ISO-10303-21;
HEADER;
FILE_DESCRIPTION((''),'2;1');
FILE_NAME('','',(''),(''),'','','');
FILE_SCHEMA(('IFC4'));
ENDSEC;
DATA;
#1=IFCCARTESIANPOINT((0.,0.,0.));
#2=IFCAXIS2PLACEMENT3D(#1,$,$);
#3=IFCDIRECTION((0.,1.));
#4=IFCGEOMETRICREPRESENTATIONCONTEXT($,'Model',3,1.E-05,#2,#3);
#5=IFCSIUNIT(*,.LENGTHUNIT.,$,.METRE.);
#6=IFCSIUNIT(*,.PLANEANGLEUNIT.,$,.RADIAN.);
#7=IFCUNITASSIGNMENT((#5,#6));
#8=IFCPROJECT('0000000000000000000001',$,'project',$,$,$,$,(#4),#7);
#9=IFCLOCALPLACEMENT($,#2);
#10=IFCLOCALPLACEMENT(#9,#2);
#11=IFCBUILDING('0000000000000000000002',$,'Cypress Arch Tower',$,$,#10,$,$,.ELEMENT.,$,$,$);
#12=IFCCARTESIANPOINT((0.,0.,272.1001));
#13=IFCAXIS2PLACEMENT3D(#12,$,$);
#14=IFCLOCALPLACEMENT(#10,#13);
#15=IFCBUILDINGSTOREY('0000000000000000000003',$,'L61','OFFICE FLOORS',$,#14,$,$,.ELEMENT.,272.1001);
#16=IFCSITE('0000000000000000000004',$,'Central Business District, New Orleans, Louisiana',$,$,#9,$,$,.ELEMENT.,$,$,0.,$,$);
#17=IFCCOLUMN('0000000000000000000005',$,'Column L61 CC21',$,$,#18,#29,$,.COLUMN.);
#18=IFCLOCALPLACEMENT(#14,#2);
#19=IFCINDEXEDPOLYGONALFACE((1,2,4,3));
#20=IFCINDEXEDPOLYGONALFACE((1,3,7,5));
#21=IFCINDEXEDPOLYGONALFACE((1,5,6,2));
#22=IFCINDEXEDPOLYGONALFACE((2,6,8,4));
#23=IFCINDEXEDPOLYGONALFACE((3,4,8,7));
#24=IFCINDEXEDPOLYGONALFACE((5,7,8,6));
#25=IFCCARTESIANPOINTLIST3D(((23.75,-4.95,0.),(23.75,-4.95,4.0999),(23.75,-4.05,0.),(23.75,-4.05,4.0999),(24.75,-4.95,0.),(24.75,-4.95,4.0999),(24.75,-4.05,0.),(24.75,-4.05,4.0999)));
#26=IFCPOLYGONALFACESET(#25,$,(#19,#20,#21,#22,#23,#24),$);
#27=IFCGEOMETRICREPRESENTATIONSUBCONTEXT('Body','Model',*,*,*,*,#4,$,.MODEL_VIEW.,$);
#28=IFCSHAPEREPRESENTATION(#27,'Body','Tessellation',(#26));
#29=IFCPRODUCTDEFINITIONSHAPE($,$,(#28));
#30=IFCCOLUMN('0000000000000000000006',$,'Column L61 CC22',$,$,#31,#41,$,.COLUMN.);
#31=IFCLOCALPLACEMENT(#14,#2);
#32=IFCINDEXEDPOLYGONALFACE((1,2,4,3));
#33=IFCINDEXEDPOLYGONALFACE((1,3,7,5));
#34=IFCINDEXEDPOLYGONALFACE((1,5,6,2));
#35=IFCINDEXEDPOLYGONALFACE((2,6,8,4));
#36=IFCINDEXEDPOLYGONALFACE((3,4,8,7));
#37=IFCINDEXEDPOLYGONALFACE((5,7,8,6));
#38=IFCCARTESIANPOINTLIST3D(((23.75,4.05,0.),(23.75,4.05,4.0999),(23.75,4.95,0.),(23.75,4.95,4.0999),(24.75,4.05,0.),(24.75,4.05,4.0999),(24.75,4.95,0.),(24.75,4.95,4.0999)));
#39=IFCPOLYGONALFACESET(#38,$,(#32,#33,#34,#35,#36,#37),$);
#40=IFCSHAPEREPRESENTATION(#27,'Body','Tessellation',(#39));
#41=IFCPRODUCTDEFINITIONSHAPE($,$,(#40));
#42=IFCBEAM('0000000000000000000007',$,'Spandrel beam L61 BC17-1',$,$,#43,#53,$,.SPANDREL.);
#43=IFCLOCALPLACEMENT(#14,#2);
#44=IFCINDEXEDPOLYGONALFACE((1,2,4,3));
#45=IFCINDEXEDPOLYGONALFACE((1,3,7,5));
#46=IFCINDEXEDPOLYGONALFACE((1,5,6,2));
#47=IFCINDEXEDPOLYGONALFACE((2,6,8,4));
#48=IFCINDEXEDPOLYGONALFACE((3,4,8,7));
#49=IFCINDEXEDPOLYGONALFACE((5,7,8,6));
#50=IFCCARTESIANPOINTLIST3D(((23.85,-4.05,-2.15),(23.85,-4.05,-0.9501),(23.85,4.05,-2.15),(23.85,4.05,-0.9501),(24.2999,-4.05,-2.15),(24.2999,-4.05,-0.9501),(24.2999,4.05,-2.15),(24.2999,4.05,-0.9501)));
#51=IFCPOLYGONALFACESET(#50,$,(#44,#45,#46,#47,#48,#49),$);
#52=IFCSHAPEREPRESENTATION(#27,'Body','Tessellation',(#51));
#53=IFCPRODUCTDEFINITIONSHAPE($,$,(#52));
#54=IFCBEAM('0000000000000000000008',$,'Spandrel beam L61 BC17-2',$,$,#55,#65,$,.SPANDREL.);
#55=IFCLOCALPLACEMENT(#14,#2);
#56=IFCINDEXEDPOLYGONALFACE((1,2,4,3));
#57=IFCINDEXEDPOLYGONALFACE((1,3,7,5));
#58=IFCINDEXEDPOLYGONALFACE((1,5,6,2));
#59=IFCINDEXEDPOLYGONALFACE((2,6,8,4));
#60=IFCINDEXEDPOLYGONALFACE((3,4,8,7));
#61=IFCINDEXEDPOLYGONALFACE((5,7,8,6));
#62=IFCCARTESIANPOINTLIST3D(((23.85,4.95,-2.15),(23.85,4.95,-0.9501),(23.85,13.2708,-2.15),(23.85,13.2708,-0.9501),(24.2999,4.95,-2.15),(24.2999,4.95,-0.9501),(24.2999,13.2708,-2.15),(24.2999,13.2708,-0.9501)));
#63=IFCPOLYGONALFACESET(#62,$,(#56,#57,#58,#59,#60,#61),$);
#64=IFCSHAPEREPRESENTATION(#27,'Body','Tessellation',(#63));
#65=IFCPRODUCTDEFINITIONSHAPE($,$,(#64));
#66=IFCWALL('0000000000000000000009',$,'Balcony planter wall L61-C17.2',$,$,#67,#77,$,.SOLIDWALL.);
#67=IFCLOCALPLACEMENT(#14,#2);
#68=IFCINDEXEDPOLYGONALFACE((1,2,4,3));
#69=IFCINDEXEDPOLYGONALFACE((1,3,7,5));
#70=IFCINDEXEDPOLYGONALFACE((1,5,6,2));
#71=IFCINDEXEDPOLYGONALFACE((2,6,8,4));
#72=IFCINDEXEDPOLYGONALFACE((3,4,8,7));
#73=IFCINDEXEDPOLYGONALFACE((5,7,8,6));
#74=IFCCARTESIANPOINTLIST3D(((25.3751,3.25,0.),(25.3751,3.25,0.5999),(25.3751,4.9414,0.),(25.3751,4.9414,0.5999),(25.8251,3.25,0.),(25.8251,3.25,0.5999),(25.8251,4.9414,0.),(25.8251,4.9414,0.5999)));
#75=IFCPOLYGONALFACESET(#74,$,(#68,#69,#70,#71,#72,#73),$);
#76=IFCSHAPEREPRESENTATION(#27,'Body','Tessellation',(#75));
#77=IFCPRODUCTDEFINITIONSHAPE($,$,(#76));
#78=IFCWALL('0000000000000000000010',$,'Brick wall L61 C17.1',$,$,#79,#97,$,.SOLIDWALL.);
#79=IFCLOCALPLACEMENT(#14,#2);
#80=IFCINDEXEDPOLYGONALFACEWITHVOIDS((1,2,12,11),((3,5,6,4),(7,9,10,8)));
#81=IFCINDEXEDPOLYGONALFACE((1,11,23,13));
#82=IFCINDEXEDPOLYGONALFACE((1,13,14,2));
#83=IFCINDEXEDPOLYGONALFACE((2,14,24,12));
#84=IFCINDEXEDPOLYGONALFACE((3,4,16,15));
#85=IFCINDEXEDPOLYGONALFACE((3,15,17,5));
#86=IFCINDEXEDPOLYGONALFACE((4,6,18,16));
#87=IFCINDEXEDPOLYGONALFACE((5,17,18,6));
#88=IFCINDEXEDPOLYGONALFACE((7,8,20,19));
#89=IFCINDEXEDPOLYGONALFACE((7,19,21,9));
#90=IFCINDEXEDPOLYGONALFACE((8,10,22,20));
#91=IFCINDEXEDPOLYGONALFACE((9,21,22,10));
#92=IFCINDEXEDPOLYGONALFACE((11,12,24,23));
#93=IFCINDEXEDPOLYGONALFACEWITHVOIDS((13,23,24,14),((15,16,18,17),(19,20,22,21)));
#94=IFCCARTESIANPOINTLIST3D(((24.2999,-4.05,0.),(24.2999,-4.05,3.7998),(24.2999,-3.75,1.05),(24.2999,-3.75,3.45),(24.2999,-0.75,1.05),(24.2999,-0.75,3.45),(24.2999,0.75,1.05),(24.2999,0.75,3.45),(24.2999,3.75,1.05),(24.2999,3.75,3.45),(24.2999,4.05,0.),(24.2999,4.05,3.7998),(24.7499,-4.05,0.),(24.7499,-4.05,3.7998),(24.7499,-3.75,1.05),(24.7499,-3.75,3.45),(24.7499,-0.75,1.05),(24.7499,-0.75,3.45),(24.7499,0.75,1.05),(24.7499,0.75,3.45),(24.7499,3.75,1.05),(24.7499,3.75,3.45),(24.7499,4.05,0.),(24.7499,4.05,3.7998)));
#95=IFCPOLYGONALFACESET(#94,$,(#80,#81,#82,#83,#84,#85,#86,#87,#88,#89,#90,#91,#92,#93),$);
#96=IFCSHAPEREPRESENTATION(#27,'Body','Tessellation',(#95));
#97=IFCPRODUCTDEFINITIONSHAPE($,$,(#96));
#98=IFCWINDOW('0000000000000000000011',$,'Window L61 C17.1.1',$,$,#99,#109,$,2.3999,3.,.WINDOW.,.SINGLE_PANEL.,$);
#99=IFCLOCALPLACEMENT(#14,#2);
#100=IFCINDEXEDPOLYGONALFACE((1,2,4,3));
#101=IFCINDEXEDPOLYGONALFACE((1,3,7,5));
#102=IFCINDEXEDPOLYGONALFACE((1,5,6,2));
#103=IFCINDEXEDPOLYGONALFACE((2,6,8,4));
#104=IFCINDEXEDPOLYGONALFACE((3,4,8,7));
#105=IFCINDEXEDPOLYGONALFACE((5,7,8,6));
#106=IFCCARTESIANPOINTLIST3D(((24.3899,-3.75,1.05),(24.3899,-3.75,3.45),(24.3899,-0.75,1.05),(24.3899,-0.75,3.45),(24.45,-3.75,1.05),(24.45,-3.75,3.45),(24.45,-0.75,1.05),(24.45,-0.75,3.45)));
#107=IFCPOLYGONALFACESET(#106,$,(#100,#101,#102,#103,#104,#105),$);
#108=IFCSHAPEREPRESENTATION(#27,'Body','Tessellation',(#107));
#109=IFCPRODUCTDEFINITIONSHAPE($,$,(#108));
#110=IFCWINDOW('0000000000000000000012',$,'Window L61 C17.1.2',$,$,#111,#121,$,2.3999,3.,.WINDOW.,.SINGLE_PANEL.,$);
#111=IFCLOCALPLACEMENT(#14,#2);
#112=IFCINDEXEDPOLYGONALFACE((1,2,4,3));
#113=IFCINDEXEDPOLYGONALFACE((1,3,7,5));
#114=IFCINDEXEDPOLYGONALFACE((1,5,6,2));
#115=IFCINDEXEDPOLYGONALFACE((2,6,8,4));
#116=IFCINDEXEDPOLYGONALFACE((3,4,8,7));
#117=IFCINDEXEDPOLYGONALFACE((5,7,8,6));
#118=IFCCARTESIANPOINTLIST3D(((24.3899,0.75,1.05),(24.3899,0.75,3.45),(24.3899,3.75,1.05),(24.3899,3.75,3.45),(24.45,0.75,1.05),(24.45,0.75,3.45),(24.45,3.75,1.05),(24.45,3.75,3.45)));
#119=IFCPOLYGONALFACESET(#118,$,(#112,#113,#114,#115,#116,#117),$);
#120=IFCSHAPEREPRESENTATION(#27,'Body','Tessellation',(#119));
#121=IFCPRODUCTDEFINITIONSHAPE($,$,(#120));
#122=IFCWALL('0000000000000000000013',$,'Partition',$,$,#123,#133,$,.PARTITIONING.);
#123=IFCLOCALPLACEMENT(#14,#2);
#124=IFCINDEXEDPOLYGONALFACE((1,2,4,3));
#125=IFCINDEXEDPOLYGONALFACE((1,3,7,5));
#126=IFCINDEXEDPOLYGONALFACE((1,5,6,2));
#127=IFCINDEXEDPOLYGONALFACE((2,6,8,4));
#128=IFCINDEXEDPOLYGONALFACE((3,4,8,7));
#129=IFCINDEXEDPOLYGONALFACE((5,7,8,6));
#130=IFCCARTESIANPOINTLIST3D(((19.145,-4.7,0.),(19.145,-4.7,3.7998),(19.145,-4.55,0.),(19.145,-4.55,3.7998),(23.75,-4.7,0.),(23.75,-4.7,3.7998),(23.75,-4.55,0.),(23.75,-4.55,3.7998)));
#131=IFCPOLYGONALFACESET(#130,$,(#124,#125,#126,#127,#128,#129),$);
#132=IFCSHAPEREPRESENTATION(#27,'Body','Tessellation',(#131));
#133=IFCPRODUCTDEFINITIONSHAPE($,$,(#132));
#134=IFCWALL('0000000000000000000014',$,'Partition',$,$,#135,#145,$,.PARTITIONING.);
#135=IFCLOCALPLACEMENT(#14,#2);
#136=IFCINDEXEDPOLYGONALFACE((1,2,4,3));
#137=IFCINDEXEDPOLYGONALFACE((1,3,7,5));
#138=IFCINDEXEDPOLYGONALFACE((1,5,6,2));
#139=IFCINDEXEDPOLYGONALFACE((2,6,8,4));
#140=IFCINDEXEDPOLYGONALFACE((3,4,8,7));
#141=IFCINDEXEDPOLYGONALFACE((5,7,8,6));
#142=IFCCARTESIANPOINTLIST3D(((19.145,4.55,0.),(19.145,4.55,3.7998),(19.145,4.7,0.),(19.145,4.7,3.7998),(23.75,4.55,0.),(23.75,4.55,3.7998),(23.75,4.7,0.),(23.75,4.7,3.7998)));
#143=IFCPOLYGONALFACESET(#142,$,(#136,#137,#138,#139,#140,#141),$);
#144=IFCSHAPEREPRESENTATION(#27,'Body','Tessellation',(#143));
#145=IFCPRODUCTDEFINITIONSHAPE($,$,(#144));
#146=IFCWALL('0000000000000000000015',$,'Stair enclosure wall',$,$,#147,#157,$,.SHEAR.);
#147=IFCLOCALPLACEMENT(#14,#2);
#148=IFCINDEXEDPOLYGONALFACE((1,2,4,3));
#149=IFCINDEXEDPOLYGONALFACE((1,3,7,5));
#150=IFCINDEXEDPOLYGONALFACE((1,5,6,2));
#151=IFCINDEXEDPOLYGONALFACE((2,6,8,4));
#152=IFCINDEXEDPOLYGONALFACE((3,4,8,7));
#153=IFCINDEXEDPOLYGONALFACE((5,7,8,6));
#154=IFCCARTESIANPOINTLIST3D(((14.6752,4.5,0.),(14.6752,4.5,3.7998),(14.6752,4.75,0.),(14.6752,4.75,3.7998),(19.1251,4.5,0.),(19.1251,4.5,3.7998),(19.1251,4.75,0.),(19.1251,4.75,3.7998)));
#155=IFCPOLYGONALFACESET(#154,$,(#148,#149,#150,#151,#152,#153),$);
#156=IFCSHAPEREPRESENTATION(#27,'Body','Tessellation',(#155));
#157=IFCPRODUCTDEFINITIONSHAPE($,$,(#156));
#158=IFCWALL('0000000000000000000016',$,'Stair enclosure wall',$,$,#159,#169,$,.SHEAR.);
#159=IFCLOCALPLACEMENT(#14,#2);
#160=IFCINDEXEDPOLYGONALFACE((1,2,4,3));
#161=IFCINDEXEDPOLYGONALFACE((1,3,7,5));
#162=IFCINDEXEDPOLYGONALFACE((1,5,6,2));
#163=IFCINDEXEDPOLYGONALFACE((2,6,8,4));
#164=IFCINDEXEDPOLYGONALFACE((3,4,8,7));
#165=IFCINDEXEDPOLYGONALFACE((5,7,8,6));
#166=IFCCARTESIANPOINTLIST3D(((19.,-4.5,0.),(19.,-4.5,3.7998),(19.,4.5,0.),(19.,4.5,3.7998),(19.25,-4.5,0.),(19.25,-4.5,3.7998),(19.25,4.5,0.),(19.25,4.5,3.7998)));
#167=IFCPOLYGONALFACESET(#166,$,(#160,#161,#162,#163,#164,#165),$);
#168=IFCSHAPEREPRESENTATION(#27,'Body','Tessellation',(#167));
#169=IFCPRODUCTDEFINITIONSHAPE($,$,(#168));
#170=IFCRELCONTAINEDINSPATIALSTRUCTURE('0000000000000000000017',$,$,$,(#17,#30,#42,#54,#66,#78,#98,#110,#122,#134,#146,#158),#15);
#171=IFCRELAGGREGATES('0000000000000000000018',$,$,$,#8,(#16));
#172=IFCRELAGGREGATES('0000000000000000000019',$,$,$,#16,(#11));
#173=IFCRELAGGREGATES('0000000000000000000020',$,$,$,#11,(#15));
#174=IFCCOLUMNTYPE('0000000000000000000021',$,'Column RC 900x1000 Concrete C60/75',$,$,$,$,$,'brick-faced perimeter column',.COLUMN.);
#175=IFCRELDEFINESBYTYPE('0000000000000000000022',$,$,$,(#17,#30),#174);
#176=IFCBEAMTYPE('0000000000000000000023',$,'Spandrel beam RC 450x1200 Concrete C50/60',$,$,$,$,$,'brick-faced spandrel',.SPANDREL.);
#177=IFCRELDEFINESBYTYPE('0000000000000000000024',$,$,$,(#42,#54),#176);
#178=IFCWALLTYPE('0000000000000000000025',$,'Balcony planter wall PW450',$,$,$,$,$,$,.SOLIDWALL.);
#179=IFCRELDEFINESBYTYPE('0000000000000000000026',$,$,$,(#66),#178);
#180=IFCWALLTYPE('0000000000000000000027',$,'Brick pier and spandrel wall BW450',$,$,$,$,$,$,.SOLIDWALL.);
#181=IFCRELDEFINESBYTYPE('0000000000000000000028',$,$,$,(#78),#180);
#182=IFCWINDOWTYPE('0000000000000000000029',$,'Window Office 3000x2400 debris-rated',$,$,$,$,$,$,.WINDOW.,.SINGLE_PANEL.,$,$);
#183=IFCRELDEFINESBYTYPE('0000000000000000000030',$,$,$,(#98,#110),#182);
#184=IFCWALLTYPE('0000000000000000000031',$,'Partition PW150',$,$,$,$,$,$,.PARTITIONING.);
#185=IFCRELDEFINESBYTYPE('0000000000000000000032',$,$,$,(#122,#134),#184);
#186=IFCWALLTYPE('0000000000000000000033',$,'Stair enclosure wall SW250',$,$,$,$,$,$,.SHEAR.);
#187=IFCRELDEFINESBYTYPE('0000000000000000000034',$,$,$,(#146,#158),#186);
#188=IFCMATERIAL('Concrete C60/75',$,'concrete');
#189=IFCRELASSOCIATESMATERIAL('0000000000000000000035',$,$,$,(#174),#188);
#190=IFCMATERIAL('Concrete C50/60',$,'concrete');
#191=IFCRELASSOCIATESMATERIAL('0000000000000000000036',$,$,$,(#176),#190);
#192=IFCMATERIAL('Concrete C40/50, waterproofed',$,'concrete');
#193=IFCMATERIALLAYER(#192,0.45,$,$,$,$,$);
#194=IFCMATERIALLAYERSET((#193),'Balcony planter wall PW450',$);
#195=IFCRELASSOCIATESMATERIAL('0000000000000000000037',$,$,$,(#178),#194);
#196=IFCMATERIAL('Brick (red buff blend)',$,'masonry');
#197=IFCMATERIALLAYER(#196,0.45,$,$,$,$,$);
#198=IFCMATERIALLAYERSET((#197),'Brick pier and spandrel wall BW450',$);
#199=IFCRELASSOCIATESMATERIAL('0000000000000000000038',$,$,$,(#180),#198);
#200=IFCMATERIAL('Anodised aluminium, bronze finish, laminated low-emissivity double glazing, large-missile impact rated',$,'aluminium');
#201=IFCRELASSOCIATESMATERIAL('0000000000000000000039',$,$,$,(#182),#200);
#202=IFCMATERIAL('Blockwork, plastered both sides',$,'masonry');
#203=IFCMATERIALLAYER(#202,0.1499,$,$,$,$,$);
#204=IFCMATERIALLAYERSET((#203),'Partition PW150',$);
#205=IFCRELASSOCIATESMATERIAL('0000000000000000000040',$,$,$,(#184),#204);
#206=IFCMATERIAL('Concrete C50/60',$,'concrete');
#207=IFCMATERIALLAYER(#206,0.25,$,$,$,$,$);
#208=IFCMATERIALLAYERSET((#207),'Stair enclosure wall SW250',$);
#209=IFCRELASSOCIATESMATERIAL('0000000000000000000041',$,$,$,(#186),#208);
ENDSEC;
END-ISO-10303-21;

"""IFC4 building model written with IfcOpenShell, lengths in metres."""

from ifc_helpers import new_model, si_unit, direction, frame, frame_2d, origin, origin_2d, place, context, subcontext, project, spatial, rectangle, extrude, material, layer, layer_set, material_profile, profile_set, type_object, element, fill, save


model = new_model("IFC4")

# Units and contexts
model_context = context("Model", 3, precision=1e-05, world=origin(), true_north=direction((0.0, 1.0)))
body_context = subcontext(model_context, "Body", "Model", "MODEL_VIEW")
ifc_project = project(units=[si_unit("LENGTHUNIT", "METRE"), si_unit("PLANEANGLEUNIT", "RADIAN")], contexts=[model_context])

# Site, building, storey
site_placement = place(None, origin())
site = spatial("IfcSite", under=ifc_project, at=site_placement, Name="Central Business District, New Orleans, Louisiana", CompositionType="ELEMENT", RefElevation=0.0)
building_placement = place(site_placement, origin())
building = spatial("IfcBuilding", under=site, at=building_placement, Name="Cypress Arch Tower", CompositionType="ELEMENT")
storey_placement = place(building_placement, frame((0.0, 0.0, 272.1001)))
storey = spatial("IfcBuildingStorey", under=building, at=storey_placement, Name="L61", Description="OFFICE FLOORS", CompositionType="ELEMENT", Elevation=272.1001)

# Columns
ifc_material_1 = material(Name="Concrete C60/75", Category="concrete")
ifc_material_profile_1 = material_profile(ifc_material_1, rectangle(XDim=0.8999, YDim=1.0, at=origin_2d()), Name="RC 900x1000")
ifc_profile_set_1 = profile_set([ifc_material_profile_1], Name="Concrete C60/75")
column_type = type_object("IfcColumnType", Name="Column RC 900x1000 Concrete C60/75", ElementType="brick-faced perimeter column", PredefinedType="COLUMN", material=ifc_profile_set_1)
for number, where, z_axis, x_axis, name in (
    (1, (24.25, -4.5, 0.0), (0.0, 0.0, 1.0), (0.0, 1.0, 0.0), "Column L61 CC21"),
    (2, (24.25, 4.5, 0.0), (0.0, 0.0, 1.0), (0.0, 1.0, 0.0), "Column L61 CC22"),
):
    element("IfcColumn", number, at=place(storey_placement, frame(where, z_axis=z_axis, x_axis=x_axis)), inside=storey, type_object=column_type, Name=name, PredefinedType="COLUMN", context=body_context, shape_type="SweptSolid", body=[
        extrude(rectangle(XDim=0.8999, YDim=1.0, at=origin_2d()), origin(), (0.0, 0.0, 1.0), 4.0999),
    ])

# Beams
ifc_material_2 = material(Name="Concrete C50/60", Category="concrete")
ifc_material_profile_2 = material_profile(ifc_material_2, rectangle(XDim=0.45, YDim=1.2, at=origin_2d()), Name="RC 450x1200")
ifc_profile_set_2 = profile_set([ifc_material_profile_2], Name="Concrete C50/60")
beam_type = type_object("IfcBeamType", Name="Spandrel beam RC 450x1200 Concrete C50/60", ElementType="brick-faced spandrel", PredefinedType="SPANDREL", material=ifc_profile_set_2)
beam_1_placement = place(storey_placement, frame((24.075, -4.05, -1.55), z_axis=(0.0, 1.0, 0.0), x_axis=(-1.0, 0.0, 0.0)))
element("IfcBeam", 3, at=beam_1_placement, inside=storey, type_object=beam_type, Name="Spandrel beam L61 BC17-1", PredefinedType="SPANDREL", context=body_context, shape_type="SweptSolid", body=[
    extrude(rectangle(XDim=0.45, YDim=1.2, at=origin_2d()), origin(), (0.0, 0.0, 1.0), 8.1001),
])
beam_2_placement = place(storey_placement, frame((24.075, 4.95, -1.55), z_axis=(0.0, 1.0, 0.0), x_axis=(-1.0, 0.0, 0.0)))
element("IfcBeam", 4, at=beam_2_placement, inside=storey, type_object=beam_type, Name="Spandrel beam L61 BC17-2", PredefinedType="SPANDREL", context=body_context, shape_type="SweptSolid", body=[
    extrude(rectangle(XDim=0.45, YDim=1.2, at=origin_2d()), origin(), (0.0, 0.0, 1.0), 8.3208),
])

# Wall
ifc_material_3 = material(Name="Concrete C40/50, waterproofed", Category="concrete")
ifc_layer_1 = layer(ifc_material_3, 0.45)
ifc_layer_set_1 = layer_set([ifc_layer_1], Name="Balcony planter wall PW450")
wall_type_1 = type_object("IfcWallType", Name="Balcony planter wall PW450", PredefinedType="SOLIDWALL", material=ifc_layer_set_1)
wall_1_placement = place(storey_placement, frame((25.6001, 3.25, 0.0), z_axis=(0.0, 0.0, 1.0), x_axis=(0.0, 1.0, 0.0)))
element("IfcWall", 5, at=wall_1_placement, inside=storey, type_object=wall_type_1, Name="Balcony planter wall L61-C17.2", PredefinedType="SOLIDWALL", context=body_context, shape_type="SweptSolid", body=[
    extrude(rectangle(XDim=1.6914, YDim=0.45, at=frame_2d((0.8457, 0.0))), origin(), (0.0, 0.0, 1.0), 0.5999),
])

# Wall, openings, windows
ifc_material_4 = material(Name="Brick (red buff blend)", Category="masonry")
ifc_layer_2 = layer(ifc_material_4, 0.45)
ifc_layer_set_2 = layer_set([ifc_layer_2], Name="Brick pier and spandrel wall BW450")
wall_type_2 = type_object("IfcWallType", Name="Brick pier and spandrel wall BW450", PredefinedType="SOLIDWALL", material=ifc_layer_set_2)
wall_2_placement = place(storey_placement, frame((24.5249, -4.05, 0.0), z_axis=(0.0, 0.0, 1.0), x_axis=(0.0, 1.0, 0.0)))
wall_2 = element("IfcWall", 6, at=wall_2_placement, inside=storey, type_object=wall_type_2, Name="Brick wall L61 C17.1", PredefinedType="SOLIDWALL", context=body_context, shape_type="SweptSolid", body=[
    extrude(rectangle(XDim=8.1001, YDim=0.45, at=frame_2d((4.05, 0.0))), origin(), (0.0, 0.0, 1.0), 3.7998),
])
opening_1_placement = place(wall_2_placement, frame((0.3, 0.0, 1.05)))
opening_1 = element("IfcOpeningElement", 7, at=opening_1_placement, cuts=wall_2, PredefinedType="OPENING", context=body_context, shape_type="SweptSolid", body=[
    extrude(rectangle(XDim=3.0, YDim=2.3999, at=frame_2d((1.5, 1.2))), frame((0.0, 0.2349, 0.0), z_axis=(0.0, -1.0, 0.0), x_axis=(1.0, 0.0, 0.0)), (0.0, 0.0, 1.0), 0.47),
])
opening_2_placement = place(wall_2_placement, frame((4.8, 0.0, 1.05)))
opening_2 = element("IfcOpeningElement", 8, at=opening_2_placement, cuts=wall_2, PredefinedType="OPENING", context=body_context, shape_type="SweptSolid", body=[
    extrude(rectangle(XDim=3.0, YDim=2.3999, at=frame_2d((1.5, 1.2))), frame((0.0, 0.2349, 0.0), z_axis=(0.0, -1.0, 0.0), x_axis=(1.0, 0.0, 0.0)), (0.0, 0.0, 1.0), 0.47),
])
ifc_material_5 = material(Name="Anodised aluminium, bronze finish, laminated low-emissivity double glazing, large-missile impact rated", Category="aluminium")
window_type_1 = type_object("IfcWindowType", Name="Window Office 3000x2400 debris-rated", PartitioningType="SINGLE_PANEL", PredefinedType="WINDOW", material=ifc_material_5)
window_1_placement = place(opening_1_placement, origin())
window_1 = element("IfcWindow", 9, at=window_1_placement, inside=storey, type_object=window_type_1, Name="Window L61 C17.1.1", OverallHeight=2.3999, OverallWidth=3.0, PartitioningType="SINGLE_PANEL", PredefinedType="WINDOW", context=body_context, shape_type="SweptSolid", body=[
    extrude(rectangle(XDim=3.0, YDim=2.3999, at=frame_2d((1.5, 1.2))), frame((0.0, 0.135, 0.0), z_axis=(0.0, -1.0, 0.0), x_axis=(1.0, 0.0, 0.0)), (0.0, 0.0, 1.0), 0.0601),
])
fill(opening_1, window_1)
window_2_placement = place(opening_2_placement, origin())
window_2 = element("IfcWindow", 10, at=window_2_placement, inside=storey, type_object=window_type_1, Name="Window L61 C17.1.2", OverallHeight=2.3999, OverallWidth=3.0, PartitioningType="SINGLE_PANEL", PredefinedType="WINDOW", context=body_context, shape_type="SweptSolid", body=[
    extrude(rectangle(XDim=3.0, YDim=2.3999, at=frame_2d((1.5, 1.2))), frame((0.0, 0.135, 0.0), z_axis=(0.0, -1.0, 0.0), x_axis=(1.0, 0.0, 0.0)), (0.0, 0.0, 1.0), 0.0601),
])
fill(opening_2, window_2)

# Walls
ifc_material_6 = material(Name="Blockwork, plastered both sides", Category="masonry")
ifc_layer_3 = layer(ifc_material_6, 0.1499)
ifc_layer_set_3 = layer_set([ifc_layer_3], Name="Partition PW150")
wall_type_3 = type_object("IfcWallType", Name="Partition PW150", PredefinedType="PARTITIONING", material=ifc_layer_set_3)
for number, where, z_axis, x_axis, name in (
    (11, (19.145, -4.625, 0.0), (0.0, 0.0, 1.0), (1.0, 0.0, 0.0), "Partition"),
    (12, (19.145, 4.625, 0.0), (0.0, 0.0, 1.0), (1.0, 0.0, 0.0), "Partition"),
):
    element("IfcWall", number, at=place(storey_placement, frame(where, z_axis=z_axis, x_axis=x_axis)), inside=storey, type_object=wall_type_3, Name=name, PredefinedType="PARTITIONING", context=body_context, shape_type="SweptSolid", body=[
        extrude(rectangle(XDim=4.605, YDim=0.1499, at=frame_2d((2.3025, 0.0))), origin(), (0.0, 0.0, 1.0), 3.7998),
    ])
ifc_material_7 = material(Name="Concrete C50/60", Category="concrete")
ifc_layer_4 = layer(ifc_material_7, 0.25)
ifc_layer_set_4 = layer_set([ifc_layer_4], Name="Stair enclosure wall SW250")
wall_type_4 = type_object("IfcWallType", Name="Stair enclosure wall SW250", PredefinedType="SHEAR", material=ifc_layer_set_4)
wall_3_placement = place(storey_placement, frame((14.675, 4.625, 0.0), z_axis=(0.0, 0.0, 1.0), x_axis=(1.0, 0.0, 0.0)))
element("IfcWall", 13, at=wall_3_placement, inside=storey, type_object=wall_type_4, Name="Stair enclosure wall", PredefinedType="SHEAR", context=body_context, shape_type="SweptSolid", body=[
    extrude(rectangle(XDim=4.45, YDim=0.25, at=frame_2d((2.2251, 0.0))), origin(), (0.0, 0.0, 1.0), 3.7998),
])
wall_4_placement = place(storey_placement, frame((19.125, -4.5, 0.0), z_axis=(0.0, 0.0, 1.0), x_axis=(0.0, 1.0, 0.0)))
element("IfcWall", 14, at=wall_4_placement, inside=storey, type_object=wall_type_4, Name="Stair enclosure wall", PredefinedType="SHEAR", context=body_context, shape_type="SweptSolid", body=[
    extrude(rectangle(XDim=9.0, YDim=0.25, at=frame_2d((4.5, 0.0))), origin(), (0.0, 0.0, 1.0), 3.7998),
])

save(model, "model.ifc")
